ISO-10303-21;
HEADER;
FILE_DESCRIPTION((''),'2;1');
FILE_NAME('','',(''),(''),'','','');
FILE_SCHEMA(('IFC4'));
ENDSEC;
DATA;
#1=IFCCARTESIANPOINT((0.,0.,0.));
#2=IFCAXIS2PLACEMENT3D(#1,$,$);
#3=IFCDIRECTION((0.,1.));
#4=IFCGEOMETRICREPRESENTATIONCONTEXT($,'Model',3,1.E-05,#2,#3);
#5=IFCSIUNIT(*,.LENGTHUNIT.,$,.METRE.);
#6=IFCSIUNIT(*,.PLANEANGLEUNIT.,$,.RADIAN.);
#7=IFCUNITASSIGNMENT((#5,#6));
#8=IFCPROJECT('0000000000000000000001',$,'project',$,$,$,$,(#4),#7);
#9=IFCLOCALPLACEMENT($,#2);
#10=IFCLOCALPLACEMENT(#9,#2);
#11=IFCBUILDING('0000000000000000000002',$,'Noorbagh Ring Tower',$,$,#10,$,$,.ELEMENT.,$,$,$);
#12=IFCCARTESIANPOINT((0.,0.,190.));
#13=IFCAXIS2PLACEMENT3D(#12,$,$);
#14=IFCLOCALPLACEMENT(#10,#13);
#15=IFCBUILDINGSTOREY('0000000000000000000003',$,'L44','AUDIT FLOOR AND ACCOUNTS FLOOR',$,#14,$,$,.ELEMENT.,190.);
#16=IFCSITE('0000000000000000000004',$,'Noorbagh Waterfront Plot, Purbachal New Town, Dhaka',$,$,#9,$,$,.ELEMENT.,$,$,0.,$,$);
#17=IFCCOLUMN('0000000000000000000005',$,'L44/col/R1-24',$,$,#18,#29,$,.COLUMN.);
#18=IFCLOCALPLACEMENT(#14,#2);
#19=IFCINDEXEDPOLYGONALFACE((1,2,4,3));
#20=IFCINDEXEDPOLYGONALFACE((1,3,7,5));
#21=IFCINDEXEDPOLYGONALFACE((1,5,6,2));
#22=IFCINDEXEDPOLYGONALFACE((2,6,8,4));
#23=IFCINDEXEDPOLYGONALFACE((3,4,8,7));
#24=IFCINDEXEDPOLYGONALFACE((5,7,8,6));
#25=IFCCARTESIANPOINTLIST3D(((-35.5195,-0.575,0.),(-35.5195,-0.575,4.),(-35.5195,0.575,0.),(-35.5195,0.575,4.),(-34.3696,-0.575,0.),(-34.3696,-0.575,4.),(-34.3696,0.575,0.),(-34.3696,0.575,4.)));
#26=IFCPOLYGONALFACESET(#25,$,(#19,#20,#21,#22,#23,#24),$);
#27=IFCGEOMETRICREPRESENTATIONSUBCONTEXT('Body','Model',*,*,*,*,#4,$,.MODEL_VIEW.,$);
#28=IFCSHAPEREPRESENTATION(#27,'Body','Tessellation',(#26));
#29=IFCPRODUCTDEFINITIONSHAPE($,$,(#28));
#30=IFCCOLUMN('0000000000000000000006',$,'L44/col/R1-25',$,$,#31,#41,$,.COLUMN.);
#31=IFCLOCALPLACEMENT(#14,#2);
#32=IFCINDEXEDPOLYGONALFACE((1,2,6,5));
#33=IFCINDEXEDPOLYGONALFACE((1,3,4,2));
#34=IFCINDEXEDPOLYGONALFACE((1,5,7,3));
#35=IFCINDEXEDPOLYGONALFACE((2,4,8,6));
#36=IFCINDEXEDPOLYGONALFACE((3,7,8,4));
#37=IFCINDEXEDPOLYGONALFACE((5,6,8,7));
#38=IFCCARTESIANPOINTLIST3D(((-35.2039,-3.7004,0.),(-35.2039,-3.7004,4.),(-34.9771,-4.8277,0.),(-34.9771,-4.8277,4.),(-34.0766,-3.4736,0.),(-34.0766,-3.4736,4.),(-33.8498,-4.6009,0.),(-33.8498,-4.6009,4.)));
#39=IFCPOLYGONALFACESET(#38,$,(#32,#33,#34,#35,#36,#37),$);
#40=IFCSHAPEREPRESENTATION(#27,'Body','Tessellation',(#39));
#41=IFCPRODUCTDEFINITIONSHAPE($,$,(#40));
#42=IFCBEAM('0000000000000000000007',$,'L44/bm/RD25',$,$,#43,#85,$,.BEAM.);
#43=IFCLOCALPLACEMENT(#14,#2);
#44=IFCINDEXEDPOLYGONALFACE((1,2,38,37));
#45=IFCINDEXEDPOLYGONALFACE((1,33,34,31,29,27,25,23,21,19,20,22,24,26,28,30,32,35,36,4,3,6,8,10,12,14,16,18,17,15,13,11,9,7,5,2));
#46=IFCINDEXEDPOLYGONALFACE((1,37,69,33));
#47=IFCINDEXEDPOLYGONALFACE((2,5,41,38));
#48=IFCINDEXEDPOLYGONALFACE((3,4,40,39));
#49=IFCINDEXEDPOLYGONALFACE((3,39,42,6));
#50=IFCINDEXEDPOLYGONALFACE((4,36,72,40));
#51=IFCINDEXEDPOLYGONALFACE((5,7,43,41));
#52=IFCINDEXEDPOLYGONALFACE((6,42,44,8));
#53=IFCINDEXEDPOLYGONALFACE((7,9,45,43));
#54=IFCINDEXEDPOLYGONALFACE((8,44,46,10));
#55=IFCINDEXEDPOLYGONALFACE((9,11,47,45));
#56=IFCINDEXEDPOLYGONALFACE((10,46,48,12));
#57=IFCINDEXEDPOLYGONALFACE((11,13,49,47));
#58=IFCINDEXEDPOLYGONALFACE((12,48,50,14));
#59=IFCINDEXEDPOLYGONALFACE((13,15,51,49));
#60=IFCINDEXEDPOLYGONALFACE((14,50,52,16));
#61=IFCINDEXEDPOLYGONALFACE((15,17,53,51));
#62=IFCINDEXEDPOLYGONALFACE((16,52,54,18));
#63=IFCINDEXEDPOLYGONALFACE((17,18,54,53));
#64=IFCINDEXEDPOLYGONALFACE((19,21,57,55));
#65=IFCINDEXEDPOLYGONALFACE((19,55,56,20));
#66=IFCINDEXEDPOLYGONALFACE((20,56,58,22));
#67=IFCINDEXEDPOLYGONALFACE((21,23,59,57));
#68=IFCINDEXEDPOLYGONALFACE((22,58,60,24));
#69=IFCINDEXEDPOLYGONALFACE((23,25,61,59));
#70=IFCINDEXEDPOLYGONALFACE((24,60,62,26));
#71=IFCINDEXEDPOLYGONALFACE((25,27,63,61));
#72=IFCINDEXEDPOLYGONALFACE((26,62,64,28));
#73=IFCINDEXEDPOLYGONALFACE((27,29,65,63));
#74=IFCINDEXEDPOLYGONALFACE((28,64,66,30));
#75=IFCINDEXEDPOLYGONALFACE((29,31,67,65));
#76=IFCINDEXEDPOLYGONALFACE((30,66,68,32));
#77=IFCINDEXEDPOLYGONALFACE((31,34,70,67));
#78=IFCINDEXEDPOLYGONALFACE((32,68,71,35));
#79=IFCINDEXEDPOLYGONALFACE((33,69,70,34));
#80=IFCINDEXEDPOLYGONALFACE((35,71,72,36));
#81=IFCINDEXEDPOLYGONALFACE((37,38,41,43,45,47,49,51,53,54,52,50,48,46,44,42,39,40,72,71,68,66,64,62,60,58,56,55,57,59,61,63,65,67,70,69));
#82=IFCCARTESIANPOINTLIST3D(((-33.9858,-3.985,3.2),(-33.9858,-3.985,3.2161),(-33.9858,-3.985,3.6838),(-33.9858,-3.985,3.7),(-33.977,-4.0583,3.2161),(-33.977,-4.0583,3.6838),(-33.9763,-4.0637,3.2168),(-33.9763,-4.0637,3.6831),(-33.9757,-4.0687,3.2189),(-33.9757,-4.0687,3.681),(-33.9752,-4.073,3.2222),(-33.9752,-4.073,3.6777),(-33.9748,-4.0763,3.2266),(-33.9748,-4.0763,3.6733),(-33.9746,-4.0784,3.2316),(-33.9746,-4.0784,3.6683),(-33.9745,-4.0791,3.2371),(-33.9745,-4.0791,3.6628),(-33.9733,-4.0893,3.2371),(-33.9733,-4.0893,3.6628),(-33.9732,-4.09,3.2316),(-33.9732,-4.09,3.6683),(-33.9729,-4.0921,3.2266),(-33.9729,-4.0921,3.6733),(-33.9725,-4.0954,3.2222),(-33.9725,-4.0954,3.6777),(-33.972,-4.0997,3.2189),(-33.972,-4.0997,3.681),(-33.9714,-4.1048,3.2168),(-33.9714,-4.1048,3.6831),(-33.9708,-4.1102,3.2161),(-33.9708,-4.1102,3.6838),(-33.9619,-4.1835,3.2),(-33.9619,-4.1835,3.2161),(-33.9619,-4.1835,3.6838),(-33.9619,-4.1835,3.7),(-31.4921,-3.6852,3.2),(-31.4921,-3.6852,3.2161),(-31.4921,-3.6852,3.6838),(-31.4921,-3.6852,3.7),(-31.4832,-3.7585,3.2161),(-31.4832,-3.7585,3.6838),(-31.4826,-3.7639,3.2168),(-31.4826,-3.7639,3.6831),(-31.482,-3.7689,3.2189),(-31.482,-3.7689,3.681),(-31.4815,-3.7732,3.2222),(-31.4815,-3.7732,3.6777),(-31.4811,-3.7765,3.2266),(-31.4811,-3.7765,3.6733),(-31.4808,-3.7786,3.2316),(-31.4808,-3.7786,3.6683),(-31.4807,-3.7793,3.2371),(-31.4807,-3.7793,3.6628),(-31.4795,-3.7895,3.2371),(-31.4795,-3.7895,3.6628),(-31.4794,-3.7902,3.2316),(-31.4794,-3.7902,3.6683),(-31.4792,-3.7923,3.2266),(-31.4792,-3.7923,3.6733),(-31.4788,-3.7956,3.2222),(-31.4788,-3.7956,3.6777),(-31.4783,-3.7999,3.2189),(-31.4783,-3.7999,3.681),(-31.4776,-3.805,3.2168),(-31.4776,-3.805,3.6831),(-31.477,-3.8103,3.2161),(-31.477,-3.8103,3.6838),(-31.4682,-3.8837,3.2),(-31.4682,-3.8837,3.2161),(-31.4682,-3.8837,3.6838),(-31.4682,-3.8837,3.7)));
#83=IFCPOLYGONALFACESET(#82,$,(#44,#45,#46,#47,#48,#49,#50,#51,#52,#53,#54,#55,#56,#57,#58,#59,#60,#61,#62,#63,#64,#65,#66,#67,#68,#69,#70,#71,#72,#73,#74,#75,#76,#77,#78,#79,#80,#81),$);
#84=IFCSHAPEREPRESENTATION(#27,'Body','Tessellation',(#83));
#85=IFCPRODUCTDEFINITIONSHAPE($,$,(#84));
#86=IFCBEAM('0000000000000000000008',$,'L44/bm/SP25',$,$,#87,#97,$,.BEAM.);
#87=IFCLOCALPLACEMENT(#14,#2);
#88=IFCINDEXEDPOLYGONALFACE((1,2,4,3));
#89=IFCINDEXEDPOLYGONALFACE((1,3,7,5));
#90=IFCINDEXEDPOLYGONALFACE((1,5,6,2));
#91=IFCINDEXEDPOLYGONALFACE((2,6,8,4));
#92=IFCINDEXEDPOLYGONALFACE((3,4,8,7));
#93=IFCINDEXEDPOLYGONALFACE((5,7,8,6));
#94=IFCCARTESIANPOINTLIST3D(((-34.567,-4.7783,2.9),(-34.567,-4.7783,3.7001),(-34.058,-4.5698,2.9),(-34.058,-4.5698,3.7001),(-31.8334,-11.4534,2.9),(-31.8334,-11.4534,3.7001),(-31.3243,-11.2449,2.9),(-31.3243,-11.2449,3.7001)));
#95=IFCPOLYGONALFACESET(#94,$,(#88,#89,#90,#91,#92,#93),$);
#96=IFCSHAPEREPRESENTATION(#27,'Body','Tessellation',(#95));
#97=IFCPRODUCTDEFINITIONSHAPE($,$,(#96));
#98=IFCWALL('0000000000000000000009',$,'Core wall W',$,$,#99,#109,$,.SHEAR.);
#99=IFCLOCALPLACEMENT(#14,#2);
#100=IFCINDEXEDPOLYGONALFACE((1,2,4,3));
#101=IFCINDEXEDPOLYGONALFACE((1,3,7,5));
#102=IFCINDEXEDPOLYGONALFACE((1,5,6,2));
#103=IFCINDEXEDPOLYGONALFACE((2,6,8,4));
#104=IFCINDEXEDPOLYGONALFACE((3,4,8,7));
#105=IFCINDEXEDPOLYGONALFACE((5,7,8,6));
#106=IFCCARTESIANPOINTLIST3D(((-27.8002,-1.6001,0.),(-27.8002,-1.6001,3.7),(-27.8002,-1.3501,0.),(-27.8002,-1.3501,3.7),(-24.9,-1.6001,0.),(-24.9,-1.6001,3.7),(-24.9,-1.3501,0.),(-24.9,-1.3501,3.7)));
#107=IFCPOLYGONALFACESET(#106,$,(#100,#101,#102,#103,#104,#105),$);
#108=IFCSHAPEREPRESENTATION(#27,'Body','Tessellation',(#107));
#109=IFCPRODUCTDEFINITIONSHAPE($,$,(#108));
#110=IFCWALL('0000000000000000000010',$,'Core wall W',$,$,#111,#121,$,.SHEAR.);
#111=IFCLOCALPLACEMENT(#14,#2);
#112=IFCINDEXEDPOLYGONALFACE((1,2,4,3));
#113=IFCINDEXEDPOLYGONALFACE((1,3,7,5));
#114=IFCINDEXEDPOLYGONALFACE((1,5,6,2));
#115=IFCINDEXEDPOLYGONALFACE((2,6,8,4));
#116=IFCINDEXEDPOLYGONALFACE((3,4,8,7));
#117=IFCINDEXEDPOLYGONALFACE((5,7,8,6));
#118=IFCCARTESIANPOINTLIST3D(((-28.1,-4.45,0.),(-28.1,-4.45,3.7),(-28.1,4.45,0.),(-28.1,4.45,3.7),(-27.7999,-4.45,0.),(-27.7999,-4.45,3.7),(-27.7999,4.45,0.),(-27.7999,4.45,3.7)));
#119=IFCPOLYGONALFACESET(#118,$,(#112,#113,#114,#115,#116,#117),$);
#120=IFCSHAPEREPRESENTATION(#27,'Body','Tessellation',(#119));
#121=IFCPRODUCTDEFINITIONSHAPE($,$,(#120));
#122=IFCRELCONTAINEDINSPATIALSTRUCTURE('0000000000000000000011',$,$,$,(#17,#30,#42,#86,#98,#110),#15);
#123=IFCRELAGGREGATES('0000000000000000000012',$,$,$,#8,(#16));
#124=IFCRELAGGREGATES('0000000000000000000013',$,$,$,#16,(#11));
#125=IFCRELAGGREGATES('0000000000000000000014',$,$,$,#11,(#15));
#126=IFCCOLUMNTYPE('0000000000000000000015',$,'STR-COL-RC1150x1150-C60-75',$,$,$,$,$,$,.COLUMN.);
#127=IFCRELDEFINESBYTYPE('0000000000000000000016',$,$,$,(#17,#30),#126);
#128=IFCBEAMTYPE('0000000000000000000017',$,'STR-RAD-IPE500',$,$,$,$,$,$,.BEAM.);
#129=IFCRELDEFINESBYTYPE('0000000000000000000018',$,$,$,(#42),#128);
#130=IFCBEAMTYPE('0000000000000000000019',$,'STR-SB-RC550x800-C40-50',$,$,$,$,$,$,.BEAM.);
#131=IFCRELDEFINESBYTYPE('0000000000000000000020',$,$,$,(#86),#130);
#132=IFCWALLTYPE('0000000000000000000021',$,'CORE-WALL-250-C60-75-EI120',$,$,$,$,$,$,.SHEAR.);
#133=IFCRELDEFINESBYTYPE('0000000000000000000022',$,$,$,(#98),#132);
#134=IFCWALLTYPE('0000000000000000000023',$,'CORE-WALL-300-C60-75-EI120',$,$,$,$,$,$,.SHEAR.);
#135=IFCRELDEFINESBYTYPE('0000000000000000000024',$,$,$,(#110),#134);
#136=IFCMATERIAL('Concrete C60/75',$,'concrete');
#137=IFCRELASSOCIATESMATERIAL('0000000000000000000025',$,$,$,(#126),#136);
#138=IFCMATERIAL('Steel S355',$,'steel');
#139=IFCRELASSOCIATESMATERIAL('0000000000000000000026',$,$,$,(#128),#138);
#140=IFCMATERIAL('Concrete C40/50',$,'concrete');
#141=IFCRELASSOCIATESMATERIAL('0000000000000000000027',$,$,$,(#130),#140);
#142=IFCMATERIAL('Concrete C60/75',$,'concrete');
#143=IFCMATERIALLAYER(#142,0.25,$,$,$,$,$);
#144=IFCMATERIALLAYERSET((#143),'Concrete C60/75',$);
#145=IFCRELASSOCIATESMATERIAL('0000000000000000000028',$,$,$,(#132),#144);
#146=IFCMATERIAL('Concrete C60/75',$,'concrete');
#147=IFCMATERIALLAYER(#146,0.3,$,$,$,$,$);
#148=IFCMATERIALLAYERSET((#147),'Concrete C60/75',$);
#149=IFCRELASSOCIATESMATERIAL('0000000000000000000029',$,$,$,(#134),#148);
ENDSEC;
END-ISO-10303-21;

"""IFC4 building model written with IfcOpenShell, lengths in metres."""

from ifc_helpers import new_model, si_unit, direction, frame, frame_2d, origin, origin_2d, place, context, subcontext, project, spatial, rectangle, i_section, extrude, material, layer, layer_set, material_profile, profile_set, type_object, element, save


model = new_model("IFC4")

# Units and contexts
model_context = context("Model", 3, precision=1e-05, world=origin(), true_north=direction((0.0, 1.0)))
body_context = subcontext(model_context, "Body", "Model", "MODEL_VIEW")
ifc_project = project(units=[si_unit("LENGTHUNIT", "METRE"), si_unit("PLANEANGLEUNIT", "RADIAN")], contexts=[model_context])

# Site, building, storey
site_placement = place(None, origin())
site = spatial("IfcSite", under=ifc_project, at=site_placement, Name="Noorbagh Waterfront Plot, Purbachal New Town, Dhaka", CompositionType="ELEMENT", RefElevation=0.0)
building_placement = place(site_placement, origin())
building = spatial("IfcBuilding", under=site, at=building_placement, Name="Noorbagh Ring Tower", CompositionType="ELEMENT")
storey_placement = place(building_placement, frame((0.0, 0.0, 190.0)))
storey = spatial("IfcBuildingStorey", under=building, at=storey_placement, Name="L44", Description="AUDIT FLOOR AND ACCOUNTS FLOOR", CompositionType="ELEMENT", Elevation=190.0)

# Columns
ifc_material_1 = material(Name="Concrete C60/75", Category="concrete")
ifc_material_profile_1 = material_profile(ifc_material_1, rectangle(XDim=1.1499, YDim=1.1499, at=origin_2d()), Name="RC1150x1150")
ifc_profile_set_1 = profile_set([ifc_material_profile_1], Name="Concrete C60/75")
column_type = type_object("IfcColumnType", Name="STR-COL-RC1150x1150-C60-75", PredefinedType="COLUMN", material=ifc_profile_set_1)
for number, where, z_axis, x_axis, name in (
    (1, (-34.9446, 0.0, 0.0), (0.0, 0.0, 1.0), (0.0, -1.0, 0.0), "L44/col/R1-24"),
    (2, (-34.5269, -4.1506, 0.0), (0.0, 0.0, 1.0), (0.19723, -0.980357, 0.0), "L44/col/R1-25"),
):
    element("IfcColumn", number, at=place(storey_placement, frame(where, z_axis=z_axis, x_axis=x_axis)), inside=storey, type_object=column_type, Name=name, PredefinedType="COLUMN", context=body_context, shape_type="SweptSolid", body=[
        extrude(rectangle(XDim=1.1499, YDim=1.1499, at=origin_2d()), origin(), (0.0, 0.0, 1.0), 4.0),
    ])

# Beams
ifc_material_2 = material(Name="Steel S355", Category="steel")
ifc_material_profile_2 = material_profile(ifc_material_2, i_section(OverallWidth=0.2, OverallDepth=0.5, WebThickness=0.0103, FlangeThickness=0.0161, FilletRadius=0.021, at=origin_2d()), Name="IPE500")
ifc_profile_set_2 = profile_set([ifc_material_profile_2], Name="Steel S355")
beam_type_1 = type_object("IfcBeamType", Name="STR-RAD-IPE500", PredefinedType="BEAM", material=ifc_profile_set_2)
beam_1_placement = place(storey_placement, frame((-33.9739, -4.0842, 3.45), z_axis=(0.99285, 0.119368, 0.0), x_axis=(-0.119368, 0.99285, 0.0)))
element("IfcBeam", 3, at=beam_1_placement, inside=storey, type_object=beam_type_1, Name="L44/bm/RD25", PredefinedType="BEAM", context=body_context, shape_type="SweptSolid", body=[
    extrude(i_section(OverallWidth=0.2, OverallDepth=0.5, WebThickness=0.0103, FlangeThickness=0.0161, FilletRadius=0.021, at=origin_2d()), origin(), (0.0, 0.0, 1.0), 2.5117),
])
ifc_material_3 = material(Name="Concrete C40/50", Category="concrete")
ifc_material_profile_3 = material_profile(ifc_material_3, rectangle(XDim=0.55, YDim=0.8, at=origin_2d()), Name="RC550x800")
ifc_profile_set_3 = profile_set([ifc_material_profile_3], Name="Concrete C40/50")
beam_type_2 = type_object("IfcBeamType", Name="STR-SB-RC550x800-C40-50", PredefinedType="BEAM", material=ifc_profile_set_3)
beam_2_placement = place(storey_placement, frame((-34.3125, -4.6741, 3.3), z_axis=(0.378982, -0.925404, 0.0), x_axis=(0.925404, 0.378982, 0.0)))
element("IfcBeam", 4, at=beam_2_placement, inside=storey, type_object=beam_type_2, Name="L44/bm/SP25", PredefinedType="BEAM", context=body_context, shape_type="SweptSolid", body=[
    extrude(rectangle(XDim=0.55, YDim=0.8, at=origin_2d()), origin(), (0.0, 0.0, 1.0), 7.2131),
])

# Walls
ifc_material_4 = material(Name="Concrete C60/75", Category="concrete")
ifc_layer_1 = layer(ifc_material_4, 0.25)
ifc_layer_set_1 = layer_set([ifc_layer_1], Name="Concrete C60/75")
wall_type_1 = type_object("IfcWallType", Name="CORE-WALL-250-C60-75-EI120", PredefinedType="SHEAR", material=ifc_layer_set_1)
wall_1_placement = place(storey_placement, frame((-24.8999, -1.4751, 0.0), z_axis=(0.0, 0.0, 1.0), x_axis=(-1.0, 0.0, 0.0)))
element("IfcWall", 5, at=wall_1_placement, inside=storey, type_object=wall_type_1, Name="Core wall W", PredefinedType="SHEAR", context=body_context, shape_type="SweptSolid", body=[
    extrude(rectangle(XDim=2.9001, YDim=0.25, at=frame_2d((1.4502, 0.0))), origin(), (0.0, 0.0, 1.0), 3.7),
])
ifc_material_5 = material(Name="Concrete C60/75", Category="concrete")
ifc_layer_2 = layer(ifc_material_5, 0.3)
ifc_layer_set_2 = layer_set([ifc_layer_2], Name="Concrete C60/75")
wall_type_2 = type_object("IfcWallType", Name="CORE-WALL-300-C60-75-EI120", PredefinedType="SHEAR", material=ifc_layer_set_2)
wall_2_placement = place(storey_placement, frame((-27.95, -4.45, 0.0), z_axis=(0.0, 0.0, 1.0), x_axis=(0.0, 1.0, 0.0)))
element("IfcWall", 6, at=wall_2_placement, inside=storey, type_object=wall_type_2, Name="Core wall W", PredefinedType="SHEAR", context=body_context, shape_type="SweptSolid", body=[
    extrude(rectangle(XDim=8.8999, YDim=0.3, at=frame_2d((4.45, 0.0))), origin(), (0.0, 0.0, 1.0), 3.7),
])

save(model, "model.ifc")
